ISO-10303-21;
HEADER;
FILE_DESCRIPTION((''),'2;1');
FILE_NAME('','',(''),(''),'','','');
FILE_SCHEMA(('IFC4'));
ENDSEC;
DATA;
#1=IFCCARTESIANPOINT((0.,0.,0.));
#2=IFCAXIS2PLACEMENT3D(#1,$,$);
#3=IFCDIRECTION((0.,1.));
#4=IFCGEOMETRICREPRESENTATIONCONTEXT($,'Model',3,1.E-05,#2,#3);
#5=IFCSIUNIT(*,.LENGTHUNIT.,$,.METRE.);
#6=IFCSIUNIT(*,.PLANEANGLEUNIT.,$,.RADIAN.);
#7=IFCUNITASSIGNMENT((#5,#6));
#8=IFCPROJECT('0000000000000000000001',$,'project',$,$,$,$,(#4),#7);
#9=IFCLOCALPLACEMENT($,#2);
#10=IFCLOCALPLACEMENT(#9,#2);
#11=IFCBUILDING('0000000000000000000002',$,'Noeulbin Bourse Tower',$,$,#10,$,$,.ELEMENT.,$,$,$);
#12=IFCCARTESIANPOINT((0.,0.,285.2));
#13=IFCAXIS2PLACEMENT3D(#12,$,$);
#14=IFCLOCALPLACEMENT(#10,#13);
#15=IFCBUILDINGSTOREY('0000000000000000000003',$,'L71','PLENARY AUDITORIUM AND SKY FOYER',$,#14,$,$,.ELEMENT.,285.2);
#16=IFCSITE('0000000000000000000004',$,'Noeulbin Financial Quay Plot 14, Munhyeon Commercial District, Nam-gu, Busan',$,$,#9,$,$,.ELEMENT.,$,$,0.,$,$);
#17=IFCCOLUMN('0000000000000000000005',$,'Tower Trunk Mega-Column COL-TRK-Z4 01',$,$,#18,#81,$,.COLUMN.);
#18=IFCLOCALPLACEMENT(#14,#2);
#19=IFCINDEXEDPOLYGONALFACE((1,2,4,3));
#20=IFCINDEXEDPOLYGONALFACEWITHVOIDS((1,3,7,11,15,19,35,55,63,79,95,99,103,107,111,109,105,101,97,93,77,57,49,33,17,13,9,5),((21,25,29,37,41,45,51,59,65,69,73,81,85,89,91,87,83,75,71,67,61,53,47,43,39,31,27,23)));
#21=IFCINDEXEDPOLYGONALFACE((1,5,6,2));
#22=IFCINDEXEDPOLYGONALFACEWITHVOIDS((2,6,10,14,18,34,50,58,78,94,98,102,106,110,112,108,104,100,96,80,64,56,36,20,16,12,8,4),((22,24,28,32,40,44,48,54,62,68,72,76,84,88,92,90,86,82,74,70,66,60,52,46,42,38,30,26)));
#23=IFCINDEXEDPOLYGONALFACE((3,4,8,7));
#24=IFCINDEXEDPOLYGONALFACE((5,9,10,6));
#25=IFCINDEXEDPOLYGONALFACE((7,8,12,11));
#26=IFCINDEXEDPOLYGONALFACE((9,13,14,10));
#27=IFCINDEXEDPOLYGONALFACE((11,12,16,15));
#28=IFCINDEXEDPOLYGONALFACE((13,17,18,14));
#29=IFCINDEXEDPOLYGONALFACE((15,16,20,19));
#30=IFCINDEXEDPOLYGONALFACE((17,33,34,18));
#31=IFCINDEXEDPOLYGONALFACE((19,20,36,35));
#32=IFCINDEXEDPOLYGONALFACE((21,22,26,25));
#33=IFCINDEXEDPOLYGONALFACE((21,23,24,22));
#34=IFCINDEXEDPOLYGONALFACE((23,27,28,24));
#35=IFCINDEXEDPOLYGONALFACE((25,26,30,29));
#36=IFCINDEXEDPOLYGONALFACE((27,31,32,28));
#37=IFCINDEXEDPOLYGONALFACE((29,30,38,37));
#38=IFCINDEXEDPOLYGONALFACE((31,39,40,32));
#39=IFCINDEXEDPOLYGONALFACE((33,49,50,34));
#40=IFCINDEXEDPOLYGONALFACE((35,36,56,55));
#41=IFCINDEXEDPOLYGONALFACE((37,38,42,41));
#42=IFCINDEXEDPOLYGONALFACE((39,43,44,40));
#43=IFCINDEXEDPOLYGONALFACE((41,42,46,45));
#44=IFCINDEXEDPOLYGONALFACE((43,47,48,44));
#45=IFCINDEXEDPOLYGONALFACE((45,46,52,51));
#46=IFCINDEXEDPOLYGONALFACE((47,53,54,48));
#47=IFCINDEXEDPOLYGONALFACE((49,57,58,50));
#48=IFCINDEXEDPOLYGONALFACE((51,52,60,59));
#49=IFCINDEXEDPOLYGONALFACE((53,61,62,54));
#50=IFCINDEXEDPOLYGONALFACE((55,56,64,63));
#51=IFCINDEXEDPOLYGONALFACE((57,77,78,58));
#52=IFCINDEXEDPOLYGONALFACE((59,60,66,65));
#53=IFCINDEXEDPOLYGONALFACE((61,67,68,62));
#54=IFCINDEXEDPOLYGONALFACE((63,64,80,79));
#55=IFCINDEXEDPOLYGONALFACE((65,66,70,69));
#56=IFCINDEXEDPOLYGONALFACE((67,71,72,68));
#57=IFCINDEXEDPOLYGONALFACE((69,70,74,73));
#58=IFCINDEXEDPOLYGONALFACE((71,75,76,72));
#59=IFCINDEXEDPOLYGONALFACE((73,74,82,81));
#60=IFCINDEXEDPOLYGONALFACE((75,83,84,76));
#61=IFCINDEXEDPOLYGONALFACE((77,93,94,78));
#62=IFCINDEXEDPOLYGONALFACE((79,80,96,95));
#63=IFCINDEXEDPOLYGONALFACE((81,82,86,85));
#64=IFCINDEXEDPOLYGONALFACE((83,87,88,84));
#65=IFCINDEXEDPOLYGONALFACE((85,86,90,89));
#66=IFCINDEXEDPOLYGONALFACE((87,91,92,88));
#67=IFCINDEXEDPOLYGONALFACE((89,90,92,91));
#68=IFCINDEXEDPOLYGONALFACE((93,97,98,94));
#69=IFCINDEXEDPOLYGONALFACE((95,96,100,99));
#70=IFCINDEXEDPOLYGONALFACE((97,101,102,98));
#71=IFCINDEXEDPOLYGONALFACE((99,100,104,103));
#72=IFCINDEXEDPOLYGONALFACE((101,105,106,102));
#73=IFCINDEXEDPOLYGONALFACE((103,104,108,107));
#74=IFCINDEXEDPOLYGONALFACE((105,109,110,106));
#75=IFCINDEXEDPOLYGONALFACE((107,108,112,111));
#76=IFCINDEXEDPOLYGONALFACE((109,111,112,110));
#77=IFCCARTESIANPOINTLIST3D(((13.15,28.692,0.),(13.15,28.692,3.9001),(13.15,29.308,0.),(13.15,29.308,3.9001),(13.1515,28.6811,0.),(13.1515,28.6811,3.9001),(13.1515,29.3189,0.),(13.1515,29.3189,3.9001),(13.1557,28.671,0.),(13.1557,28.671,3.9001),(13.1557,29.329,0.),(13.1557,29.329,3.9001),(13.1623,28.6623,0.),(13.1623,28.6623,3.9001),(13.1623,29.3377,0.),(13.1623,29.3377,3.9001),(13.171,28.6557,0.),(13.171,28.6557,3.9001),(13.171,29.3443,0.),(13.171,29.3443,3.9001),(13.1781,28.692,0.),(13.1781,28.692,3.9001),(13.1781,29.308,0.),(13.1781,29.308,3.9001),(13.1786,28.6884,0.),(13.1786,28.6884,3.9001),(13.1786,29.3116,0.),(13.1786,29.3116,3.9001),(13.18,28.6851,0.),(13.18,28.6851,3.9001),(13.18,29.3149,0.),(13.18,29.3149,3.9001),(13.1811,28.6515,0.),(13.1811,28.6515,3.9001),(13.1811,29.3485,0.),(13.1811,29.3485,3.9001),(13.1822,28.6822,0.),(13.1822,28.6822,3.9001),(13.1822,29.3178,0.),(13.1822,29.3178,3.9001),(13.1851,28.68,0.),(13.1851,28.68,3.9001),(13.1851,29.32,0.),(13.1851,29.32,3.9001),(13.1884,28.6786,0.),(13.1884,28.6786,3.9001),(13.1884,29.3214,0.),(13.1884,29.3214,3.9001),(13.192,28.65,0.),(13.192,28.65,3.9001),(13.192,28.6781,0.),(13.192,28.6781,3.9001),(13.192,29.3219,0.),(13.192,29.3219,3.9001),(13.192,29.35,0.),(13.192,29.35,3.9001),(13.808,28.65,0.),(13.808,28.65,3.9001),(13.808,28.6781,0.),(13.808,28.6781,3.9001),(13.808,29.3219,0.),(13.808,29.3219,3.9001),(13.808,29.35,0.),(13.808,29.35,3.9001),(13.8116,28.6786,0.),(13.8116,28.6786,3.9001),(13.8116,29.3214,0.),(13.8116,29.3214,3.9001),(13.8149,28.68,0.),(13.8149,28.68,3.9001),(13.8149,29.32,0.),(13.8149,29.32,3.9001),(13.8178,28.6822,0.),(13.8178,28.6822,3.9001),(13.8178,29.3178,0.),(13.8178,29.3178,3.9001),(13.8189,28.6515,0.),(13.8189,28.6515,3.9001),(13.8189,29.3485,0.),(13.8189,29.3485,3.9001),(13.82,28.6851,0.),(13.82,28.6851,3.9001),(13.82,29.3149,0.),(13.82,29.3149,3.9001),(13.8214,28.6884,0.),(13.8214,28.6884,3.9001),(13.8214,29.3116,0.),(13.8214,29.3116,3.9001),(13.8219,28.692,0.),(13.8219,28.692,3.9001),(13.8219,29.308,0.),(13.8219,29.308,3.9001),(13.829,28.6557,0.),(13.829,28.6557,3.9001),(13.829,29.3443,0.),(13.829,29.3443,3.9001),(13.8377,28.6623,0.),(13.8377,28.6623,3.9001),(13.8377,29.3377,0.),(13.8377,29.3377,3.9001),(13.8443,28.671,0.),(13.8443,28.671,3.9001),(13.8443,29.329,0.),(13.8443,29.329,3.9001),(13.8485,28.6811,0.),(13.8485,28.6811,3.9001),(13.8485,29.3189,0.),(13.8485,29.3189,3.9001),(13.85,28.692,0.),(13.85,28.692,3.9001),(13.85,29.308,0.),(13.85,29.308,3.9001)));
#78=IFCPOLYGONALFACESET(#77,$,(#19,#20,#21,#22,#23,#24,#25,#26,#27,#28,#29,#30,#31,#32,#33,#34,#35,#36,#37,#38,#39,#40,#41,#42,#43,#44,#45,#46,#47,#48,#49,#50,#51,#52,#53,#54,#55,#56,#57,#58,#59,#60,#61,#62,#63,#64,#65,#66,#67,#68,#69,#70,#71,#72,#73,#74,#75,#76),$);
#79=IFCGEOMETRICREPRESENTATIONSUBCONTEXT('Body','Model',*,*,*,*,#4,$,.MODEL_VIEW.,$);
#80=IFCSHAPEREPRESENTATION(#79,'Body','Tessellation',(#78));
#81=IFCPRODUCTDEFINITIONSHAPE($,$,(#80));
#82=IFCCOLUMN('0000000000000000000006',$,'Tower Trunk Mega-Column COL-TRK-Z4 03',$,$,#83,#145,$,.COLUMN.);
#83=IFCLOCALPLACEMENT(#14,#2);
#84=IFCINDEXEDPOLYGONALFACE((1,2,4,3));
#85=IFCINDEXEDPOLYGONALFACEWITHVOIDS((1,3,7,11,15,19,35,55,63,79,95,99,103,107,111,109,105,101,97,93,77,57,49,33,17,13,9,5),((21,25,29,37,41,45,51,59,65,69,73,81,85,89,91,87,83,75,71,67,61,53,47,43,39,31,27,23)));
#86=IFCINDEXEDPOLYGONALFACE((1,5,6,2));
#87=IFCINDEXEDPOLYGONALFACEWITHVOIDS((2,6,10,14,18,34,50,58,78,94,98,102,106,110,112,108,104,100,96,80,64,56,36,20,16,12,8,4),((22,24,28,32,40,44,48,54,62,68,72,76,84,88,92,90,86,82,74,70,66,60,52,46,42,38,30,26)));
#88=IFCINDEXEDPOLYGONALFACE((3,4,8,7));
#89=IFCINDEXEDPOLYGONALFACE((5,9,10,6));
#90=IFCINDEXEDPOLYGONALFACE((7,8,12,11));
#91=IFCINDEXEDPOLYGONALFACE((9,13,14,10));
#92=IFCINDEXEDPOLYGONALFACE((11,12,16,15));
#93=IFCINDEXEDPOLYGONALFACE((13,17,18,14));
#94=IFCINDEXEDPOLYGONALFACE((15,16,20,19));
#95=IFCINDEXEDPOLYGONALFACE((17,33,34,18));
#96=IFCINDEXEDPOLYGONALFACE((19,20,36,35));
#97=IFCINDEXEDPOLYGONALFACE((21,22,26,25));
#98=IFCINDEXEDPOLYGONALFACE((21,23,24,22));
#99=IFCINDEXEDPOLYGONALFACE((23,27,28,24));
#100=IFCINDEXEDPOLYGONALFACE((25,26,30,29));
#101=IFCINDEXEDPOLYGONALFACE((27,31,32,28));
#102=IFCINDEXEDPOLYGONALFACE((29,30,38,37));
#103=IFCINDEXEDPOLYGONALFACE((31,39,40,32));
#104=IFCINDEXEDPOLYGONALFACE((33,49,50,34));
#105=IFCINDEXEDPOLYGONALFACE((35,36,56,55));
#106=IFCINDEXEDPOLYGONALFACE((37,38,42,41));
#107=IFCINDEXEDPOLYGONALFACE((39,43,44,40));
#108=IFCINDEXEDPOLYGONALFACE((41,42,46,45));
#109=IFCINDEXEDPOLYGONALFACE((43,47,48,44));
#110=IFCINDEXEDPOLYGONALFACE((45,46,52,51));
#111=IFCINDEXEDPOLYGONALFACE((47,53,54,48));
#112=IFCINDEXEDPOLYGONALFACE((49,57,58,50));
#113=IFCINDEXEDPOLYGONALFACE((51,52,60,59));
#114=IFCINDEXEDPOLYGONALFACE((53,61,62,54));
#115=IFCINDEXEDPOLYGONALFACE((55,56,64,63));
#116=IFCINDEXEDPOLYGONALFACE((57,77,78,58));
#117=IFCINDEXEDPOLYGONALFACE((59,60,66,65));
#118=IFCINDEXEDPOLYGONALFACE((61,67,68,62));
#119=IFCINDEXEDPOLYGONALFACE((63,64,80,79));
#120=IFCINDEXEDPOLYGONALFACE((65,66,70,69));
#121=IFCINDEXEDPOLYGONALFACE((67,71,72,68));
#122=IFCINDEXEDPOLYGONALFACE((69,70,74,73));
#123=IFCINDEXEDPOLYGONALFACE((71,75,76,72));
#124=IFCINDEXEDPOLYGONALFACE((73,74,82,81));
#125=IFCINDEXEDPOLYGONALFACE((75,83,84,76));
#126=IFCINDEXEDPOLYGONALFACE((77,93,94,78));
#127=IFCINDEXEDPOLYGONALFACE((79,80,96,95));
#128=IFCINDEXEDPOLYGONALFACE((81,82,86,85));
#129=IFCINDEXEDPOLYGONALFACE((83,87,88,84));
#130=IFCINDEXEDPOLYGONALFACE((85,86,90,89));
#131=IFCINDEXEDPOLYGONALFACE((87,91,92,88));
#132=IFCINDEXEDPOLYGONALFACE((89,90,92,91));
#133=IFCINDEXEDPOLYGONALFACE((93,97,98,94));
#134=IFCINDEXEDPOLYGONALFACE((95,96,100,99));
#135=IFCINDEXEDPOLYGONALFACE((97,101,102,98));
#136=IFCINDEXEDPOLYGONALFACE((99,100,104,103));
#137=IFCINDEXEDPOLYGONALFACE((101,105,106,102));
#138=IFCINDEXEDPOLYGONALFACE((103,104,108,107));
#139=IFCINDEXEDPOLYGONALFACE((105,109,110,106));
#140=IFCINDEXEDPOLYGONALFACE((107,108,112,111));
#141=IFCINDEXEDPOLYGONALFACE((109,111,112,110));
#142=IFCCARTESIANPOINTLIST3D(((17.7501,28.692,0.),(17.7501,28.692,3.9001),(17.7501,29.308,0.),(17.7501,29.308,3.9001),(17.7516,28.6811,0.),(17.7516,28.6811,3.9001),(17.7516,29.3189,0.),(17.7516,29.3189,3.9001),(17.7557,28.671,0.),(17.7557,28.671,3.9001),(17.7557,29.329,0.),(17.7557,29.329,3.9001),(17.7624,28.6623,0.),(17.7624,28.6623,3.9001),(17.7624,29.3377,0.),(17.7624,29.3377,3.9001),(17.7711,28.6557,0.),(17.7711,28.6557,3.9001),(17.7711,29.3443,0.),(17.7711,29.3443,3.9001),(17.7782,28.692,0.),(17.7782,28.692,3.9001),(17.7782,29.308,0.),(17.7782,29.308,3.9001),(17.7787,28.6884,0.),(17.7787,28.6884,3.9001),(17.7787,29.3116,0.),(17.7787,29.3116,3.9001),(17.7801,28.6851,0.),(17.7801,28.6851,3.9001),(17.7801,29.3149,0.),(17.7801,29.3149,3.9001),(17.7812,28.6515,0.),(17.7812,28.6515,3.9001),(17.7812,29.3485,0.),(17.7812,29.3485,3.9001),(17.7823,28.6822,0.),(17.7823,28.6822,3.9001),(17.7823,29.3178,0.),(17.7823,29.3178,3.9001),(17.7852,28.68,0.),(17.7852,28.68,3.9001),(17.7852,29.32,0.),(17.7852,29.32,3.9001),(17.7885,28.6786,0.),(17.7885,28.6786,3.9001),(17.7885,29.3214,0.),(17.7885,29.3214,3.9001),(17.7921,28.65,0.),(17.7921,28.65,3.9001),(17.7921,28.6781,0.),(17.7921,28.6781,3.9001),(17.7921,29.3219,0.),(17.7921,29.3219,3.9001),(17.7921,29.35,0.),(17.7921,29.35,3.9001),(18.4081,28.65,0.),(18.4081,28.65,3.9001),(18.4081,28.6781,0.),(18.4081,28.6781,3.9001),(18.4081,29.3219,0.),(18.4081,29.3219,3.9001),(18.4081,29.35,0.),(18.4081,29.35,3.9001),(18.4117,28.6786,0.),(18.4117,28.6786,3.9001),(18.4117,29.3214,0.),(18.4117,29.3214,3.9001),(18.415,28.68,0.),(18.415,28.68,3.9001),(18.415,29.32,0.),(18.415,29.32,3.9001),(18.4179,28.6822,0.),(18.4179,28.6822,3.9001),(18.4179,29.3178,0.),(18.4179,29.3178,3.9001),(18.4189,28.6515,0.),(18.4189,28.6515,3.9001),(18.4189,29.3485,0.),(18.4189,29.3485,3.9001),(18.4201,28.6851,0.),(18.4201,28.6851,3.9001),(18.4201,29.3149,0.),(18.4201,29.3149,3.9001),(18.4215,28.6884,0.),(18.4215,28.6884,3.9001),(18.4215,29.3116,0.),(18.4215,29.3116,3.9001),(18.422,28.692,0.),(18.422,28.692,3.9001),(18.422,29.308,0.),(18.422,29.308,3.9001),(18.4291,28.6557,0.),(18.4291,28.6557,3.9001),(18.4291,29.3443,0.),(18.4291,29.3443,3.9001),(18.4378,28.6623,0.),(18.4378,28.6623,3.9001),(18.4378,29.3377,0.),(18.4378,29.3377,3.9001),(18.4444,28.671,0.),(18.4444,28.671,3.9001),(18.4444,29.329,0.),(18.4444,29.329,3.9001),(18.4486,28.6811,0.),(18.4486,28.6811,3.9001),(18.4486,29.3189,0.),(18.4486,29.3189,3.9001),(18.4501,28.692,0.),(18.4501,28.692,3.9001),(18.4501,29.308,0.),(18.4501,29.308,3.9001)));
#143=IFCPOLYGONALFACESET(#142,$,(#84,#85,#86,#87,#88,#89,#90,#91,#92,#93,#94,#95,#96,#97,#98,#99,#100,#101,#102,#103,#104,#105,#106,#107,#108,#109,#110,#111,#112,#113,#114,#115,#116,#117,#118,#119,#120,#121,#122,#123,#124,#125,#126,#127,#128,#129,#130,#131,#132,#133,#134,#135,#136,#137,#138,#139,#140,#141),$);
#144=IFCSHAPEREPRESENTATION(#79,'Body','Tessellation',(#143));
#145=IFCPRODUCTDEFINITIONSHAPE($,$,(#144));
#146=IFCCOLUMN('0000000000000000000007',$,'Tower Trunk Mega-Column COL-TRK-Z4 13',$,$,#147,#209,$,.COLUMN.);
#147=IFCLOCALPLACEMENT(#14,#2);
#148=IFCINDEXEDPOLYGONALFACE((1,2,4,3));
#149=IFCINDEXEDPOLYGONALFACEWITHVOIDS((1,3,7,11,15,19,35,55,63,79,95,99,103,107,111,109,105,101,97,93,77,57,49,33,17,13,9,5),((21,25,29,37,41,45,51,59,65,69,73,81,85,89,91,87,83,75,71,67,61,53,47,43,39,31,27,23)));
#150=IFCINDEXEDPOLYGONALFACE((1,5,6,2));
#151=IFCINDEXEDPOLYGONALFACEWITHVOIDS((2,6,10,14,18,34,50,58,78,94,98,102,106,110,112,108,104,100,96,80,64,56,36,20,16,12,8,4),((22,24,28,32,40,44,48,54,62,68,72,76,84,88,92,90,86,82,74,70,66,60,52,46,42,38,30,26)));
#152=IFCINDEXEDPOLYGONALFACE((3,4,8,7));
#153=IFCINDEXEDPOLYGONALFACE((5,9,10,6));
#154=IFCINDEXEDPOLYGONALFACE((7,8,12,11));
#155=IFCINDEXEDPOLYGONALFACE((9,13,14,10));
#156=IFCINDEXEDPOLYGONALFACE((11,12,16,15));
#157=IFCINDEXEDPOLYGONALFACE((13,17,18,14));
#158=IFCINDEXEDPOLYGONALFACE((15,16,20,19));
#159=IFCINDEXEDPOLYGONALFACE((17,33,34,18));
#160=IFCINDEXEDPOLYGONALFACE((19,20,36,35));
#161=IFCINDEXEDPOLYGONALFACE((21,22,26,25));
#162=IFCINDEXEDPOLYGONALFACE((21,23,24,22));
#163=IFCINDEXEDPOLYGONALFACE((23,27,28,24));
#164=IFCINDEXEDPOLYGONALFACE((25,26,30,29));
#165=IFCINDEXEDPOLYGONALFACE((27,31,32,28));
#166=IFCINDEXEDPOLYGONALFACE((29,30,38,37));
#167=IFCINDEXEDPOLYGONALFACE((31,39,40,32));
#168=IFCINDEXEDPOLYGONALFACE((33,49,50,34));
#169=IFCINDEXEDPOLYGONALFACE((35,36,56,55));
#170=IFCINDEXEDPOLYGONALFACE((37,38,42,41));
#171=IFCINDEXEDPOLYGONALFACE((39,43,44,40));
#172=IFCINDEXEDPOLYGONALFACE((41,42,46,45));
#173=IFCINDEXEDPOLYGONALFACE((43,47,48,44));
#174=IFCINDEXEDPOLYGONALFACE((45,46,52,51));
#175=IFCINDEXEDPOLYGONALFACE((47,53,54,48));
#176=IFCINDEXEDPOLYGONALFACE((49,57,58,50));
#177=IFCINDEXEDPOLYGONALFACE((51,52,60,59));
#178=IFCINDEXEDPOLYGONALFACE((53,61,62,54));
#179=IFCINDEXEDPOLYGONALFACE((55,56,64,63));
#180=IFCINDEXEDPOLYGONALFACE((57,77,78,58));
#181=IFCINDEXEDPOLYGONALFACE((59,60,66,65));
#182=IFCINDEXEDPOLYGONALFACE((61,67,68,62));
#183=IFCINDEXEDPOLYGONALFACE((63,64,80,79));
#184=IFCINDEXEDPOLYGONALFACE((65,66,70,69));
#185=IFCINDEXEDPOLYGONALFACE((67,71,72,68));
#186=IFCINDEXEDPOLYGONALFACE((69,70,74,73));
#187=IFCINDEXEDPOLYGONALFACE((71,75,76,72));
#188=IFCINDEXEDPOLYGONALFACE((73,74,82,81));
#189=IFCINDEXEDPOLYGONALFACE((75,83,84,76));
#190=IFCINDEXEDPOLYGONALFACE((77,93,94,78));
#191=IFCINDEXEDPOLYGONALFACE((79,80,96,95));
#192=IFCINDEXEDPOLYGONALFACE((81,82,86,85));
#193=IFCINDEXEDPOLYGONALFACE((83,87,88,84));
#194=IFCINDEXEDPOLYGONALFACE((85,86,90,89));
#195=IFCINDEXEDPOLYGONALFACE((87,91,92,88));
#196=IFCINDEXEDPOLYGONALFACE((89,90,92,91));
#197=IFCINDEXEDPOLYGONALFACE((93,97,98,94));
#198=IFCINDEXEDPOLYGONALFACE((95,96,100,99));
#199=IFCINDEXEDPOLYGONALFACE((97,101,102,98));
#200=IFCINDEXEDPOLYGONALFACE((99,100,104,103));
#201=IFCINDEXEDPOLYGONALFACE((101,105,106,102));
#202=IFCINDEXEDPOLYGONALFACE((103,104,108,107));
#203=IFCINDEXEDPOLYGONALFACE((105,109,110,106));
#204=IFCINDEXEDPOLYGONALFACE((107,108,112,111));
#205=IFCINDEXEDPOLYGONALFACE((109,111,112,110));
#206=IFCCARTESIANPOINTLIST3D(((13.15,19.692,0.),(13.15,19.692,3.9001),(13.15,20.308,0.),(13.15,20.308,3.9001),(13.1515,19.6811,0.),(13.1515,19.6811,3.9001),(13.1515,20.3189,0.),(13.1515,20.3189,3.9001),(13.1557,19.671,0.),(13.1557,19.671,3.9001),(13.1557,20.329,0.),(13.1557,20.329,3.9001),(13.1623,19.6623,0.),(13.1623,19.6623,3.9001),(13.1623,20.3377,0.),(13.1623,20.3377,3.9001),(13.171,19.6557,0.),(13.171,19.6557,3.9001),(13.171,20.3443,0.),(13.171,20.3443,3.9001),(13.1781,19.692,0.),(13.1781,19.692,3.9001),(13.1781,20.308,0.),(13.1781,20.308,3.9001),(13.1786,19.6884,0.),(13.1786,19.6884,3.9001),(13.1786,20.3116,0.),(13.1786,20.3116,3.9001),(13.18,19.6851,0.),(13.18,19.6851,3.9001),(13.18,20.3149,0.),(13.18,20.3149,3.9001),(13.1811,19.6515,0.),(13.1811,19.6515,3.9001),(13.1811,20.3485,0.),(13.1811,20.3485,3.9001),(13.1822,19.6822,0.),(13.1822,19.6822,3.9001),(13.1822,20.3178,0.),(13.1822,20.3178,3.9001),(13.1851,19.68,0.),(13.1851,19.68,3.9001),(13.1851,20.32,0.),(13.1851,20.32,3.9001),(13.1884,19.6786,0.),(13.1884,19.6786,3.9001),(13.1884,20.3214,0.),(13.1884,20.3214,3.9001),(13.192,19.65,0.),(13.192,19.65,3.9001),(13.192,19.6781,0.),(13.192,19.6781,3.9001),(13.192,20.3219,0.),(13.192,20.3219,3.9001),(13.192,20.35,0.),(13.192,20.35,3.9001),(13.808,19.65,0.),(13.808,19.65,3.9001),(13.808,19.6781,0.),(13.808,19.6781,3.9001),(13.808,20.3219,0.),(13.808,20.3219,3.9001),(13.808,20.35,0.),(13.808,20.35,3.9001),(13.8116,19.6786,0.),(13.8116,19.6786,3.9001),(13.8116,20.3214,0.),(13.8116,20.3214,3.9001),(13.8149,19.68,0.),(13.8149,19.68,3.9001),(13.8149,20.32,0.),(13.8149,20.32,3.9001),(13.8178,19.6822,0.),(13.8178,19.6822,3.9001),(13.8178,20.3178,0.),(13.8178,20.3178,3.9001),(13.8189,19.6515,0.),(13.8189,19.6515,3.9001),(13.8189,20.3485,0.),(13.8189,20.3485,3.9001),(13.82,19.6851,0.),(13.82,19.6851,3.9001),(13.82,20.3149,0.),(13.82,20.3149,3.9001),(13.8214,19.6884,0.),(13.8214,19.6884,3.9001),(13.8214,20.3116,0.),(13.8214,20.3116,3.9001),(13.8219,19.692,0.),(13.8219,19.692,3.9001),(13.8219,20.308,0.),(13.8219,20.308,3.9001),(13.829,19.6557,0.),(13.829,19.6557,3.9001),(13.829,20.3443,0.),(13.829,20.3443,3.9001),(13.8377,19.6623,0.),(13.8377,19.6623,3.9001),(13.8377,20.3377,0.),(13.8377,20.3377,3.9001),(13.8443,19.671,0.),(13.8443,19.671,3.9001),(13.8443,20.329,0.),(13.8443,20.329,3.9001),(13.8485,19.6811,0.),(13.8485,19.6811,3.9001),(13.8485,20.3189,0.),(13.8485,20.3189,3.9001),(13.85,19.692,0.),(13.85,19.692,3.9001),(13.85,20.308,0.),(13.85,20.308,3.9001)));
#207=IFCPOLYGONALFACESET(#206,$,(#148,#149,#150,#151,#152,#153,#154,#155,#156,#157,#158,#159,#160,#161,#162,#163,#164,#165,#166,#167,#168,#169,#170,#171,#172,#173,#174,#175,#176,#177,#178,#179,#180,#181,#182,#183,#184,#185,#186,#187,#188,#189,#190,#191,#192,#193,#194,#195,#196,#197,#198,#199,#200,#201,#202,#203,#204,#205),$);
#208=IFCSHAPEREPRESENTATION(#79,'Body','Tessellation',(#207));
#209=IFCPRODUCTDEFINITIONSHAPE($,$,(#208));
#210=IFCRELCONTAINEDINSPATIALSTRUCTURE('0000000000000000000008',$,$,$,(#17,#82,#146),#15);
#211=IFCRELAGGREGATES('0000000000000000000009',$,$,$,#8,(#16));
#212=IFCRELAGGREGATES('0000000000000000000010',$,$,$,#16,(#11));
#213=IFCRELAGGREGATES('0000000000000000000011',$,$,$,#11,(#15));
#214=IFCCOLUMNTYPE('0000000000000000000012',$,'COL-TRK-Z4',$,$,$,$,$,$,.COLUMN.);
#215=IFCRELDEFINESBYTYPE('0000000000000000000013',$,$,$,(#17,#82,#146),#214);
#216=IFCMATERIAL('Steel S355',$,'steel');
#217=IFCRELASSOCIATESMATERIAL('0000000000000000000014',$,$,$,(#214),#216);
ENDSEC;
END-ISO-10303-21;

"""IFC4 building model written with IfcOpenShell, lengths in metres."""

from ifc_helpers import new_model, si_unit, direction, frame, origin, origin_2d, place, context, subcontext, project, spatial, hollow_rectangle, extrude, material, material_profile, profile_set, type_object, element, save


model = new_model("IFC4")

# Units and contexts
model_context = context("Model", 3, precision=1e-05, world=origin(), true_north=direction((0.0, 1.0)))
body_context = subcontext(model_context, "Body", "Model", "MODEL_VIEW")
ifc_project = project(units=[si_unit("LENGTHUNIT", "METRE"), si_unit("PLANEANGLEUNIT", "RADIAN")], contexts=[model_context])

# Site, building, storey
site_placement = place(None, origin())
site = spatial("IfcSite", under=ifc_project, at=site_placement, Name="Noeulbin Financial Quay Plot 14, Munhyeon Commercial District, Nam-gu, Busan", CompositionType="ELEMENT", RefElevation=0.0)
building_placement = place(site_placement, origin())
building = spatial("IfcBuilding", under=site, at=building_placement, Name="Noeulbin Bourse Tower", CompositionType="ELEMENT")
storey_placement = place(building_placement, frame((0.0, 0.0, 285.2)))
storey = spatial("IfcBuildingStorey", under=building, at=storey_placement, Name="L71", Description="PLENARY AUDITORIUM AND SKY FOYER", CompositionType="ELEMENT", Elevation=285.2)

# Columns
ifc_material_1 = material(Name="Steel S355", Category="steel")
ifc_material_profile_1 = material_profile(ifc_material_1, hollow_rectangle(XDim=0.7, YDim=0.7, WallThickness=0.0281, InnerFilletRadius=0.0139, OuterFilletRadius=0.042, at=origin_2d()), Name="BOX-700x700x28", Category="LoadBearing")
ifc_profile_set_1 = profile_set([ifc_material_profile_1], Name="Steel S355")
column_type = type_object("IfcColumnType", Name="COL-TRK-Z4", PredefinedType="COLUMN", material=ifc_profile_set_1)
for number, where, z_axis, x_axis, name in (
    (1, (13.5, 29.0, 0.0), (0.0, 0.0, 1.0), (1.0, 0.0, 0.0), "Tower Trunk Mega-Column COL-TRK-Z4 01"),
    (2, (18.1001, 29.0, 0.0), (0.0, 0.0, 1.0), (1.0, 0.0, 0.0), "Tower Trunk Mega-Column COL-TRK-Z4 03"),
    (3, (13.5, 20.0, 0.0), (0.0, 0.0, 1.0), (1.0, 0.0, 0.0), "Tower Trunk Mega-Column COL-TRK-Z4 13"),
):
    element("IfcColumn", number, at=place(storey_placement, frame(where, z_axis=z_axis, x_axis=x_axis)), inside=storey, type_object=column_type, Name=name, PredefinedType="COLUMN", context=body_context, shape_type="SweptSolid", body=[
        extrude(hollow_rectangle(XDim=0.7, YDim=0.7, WallThickness=0.0281, InnerFilletRadius=0.0139, OuterFilletRadius=0.042, at=origin_2d()), origin(), (0.0, 0.0, 1.0), 3.9001),
    ])

save(model, "model.ifc")
